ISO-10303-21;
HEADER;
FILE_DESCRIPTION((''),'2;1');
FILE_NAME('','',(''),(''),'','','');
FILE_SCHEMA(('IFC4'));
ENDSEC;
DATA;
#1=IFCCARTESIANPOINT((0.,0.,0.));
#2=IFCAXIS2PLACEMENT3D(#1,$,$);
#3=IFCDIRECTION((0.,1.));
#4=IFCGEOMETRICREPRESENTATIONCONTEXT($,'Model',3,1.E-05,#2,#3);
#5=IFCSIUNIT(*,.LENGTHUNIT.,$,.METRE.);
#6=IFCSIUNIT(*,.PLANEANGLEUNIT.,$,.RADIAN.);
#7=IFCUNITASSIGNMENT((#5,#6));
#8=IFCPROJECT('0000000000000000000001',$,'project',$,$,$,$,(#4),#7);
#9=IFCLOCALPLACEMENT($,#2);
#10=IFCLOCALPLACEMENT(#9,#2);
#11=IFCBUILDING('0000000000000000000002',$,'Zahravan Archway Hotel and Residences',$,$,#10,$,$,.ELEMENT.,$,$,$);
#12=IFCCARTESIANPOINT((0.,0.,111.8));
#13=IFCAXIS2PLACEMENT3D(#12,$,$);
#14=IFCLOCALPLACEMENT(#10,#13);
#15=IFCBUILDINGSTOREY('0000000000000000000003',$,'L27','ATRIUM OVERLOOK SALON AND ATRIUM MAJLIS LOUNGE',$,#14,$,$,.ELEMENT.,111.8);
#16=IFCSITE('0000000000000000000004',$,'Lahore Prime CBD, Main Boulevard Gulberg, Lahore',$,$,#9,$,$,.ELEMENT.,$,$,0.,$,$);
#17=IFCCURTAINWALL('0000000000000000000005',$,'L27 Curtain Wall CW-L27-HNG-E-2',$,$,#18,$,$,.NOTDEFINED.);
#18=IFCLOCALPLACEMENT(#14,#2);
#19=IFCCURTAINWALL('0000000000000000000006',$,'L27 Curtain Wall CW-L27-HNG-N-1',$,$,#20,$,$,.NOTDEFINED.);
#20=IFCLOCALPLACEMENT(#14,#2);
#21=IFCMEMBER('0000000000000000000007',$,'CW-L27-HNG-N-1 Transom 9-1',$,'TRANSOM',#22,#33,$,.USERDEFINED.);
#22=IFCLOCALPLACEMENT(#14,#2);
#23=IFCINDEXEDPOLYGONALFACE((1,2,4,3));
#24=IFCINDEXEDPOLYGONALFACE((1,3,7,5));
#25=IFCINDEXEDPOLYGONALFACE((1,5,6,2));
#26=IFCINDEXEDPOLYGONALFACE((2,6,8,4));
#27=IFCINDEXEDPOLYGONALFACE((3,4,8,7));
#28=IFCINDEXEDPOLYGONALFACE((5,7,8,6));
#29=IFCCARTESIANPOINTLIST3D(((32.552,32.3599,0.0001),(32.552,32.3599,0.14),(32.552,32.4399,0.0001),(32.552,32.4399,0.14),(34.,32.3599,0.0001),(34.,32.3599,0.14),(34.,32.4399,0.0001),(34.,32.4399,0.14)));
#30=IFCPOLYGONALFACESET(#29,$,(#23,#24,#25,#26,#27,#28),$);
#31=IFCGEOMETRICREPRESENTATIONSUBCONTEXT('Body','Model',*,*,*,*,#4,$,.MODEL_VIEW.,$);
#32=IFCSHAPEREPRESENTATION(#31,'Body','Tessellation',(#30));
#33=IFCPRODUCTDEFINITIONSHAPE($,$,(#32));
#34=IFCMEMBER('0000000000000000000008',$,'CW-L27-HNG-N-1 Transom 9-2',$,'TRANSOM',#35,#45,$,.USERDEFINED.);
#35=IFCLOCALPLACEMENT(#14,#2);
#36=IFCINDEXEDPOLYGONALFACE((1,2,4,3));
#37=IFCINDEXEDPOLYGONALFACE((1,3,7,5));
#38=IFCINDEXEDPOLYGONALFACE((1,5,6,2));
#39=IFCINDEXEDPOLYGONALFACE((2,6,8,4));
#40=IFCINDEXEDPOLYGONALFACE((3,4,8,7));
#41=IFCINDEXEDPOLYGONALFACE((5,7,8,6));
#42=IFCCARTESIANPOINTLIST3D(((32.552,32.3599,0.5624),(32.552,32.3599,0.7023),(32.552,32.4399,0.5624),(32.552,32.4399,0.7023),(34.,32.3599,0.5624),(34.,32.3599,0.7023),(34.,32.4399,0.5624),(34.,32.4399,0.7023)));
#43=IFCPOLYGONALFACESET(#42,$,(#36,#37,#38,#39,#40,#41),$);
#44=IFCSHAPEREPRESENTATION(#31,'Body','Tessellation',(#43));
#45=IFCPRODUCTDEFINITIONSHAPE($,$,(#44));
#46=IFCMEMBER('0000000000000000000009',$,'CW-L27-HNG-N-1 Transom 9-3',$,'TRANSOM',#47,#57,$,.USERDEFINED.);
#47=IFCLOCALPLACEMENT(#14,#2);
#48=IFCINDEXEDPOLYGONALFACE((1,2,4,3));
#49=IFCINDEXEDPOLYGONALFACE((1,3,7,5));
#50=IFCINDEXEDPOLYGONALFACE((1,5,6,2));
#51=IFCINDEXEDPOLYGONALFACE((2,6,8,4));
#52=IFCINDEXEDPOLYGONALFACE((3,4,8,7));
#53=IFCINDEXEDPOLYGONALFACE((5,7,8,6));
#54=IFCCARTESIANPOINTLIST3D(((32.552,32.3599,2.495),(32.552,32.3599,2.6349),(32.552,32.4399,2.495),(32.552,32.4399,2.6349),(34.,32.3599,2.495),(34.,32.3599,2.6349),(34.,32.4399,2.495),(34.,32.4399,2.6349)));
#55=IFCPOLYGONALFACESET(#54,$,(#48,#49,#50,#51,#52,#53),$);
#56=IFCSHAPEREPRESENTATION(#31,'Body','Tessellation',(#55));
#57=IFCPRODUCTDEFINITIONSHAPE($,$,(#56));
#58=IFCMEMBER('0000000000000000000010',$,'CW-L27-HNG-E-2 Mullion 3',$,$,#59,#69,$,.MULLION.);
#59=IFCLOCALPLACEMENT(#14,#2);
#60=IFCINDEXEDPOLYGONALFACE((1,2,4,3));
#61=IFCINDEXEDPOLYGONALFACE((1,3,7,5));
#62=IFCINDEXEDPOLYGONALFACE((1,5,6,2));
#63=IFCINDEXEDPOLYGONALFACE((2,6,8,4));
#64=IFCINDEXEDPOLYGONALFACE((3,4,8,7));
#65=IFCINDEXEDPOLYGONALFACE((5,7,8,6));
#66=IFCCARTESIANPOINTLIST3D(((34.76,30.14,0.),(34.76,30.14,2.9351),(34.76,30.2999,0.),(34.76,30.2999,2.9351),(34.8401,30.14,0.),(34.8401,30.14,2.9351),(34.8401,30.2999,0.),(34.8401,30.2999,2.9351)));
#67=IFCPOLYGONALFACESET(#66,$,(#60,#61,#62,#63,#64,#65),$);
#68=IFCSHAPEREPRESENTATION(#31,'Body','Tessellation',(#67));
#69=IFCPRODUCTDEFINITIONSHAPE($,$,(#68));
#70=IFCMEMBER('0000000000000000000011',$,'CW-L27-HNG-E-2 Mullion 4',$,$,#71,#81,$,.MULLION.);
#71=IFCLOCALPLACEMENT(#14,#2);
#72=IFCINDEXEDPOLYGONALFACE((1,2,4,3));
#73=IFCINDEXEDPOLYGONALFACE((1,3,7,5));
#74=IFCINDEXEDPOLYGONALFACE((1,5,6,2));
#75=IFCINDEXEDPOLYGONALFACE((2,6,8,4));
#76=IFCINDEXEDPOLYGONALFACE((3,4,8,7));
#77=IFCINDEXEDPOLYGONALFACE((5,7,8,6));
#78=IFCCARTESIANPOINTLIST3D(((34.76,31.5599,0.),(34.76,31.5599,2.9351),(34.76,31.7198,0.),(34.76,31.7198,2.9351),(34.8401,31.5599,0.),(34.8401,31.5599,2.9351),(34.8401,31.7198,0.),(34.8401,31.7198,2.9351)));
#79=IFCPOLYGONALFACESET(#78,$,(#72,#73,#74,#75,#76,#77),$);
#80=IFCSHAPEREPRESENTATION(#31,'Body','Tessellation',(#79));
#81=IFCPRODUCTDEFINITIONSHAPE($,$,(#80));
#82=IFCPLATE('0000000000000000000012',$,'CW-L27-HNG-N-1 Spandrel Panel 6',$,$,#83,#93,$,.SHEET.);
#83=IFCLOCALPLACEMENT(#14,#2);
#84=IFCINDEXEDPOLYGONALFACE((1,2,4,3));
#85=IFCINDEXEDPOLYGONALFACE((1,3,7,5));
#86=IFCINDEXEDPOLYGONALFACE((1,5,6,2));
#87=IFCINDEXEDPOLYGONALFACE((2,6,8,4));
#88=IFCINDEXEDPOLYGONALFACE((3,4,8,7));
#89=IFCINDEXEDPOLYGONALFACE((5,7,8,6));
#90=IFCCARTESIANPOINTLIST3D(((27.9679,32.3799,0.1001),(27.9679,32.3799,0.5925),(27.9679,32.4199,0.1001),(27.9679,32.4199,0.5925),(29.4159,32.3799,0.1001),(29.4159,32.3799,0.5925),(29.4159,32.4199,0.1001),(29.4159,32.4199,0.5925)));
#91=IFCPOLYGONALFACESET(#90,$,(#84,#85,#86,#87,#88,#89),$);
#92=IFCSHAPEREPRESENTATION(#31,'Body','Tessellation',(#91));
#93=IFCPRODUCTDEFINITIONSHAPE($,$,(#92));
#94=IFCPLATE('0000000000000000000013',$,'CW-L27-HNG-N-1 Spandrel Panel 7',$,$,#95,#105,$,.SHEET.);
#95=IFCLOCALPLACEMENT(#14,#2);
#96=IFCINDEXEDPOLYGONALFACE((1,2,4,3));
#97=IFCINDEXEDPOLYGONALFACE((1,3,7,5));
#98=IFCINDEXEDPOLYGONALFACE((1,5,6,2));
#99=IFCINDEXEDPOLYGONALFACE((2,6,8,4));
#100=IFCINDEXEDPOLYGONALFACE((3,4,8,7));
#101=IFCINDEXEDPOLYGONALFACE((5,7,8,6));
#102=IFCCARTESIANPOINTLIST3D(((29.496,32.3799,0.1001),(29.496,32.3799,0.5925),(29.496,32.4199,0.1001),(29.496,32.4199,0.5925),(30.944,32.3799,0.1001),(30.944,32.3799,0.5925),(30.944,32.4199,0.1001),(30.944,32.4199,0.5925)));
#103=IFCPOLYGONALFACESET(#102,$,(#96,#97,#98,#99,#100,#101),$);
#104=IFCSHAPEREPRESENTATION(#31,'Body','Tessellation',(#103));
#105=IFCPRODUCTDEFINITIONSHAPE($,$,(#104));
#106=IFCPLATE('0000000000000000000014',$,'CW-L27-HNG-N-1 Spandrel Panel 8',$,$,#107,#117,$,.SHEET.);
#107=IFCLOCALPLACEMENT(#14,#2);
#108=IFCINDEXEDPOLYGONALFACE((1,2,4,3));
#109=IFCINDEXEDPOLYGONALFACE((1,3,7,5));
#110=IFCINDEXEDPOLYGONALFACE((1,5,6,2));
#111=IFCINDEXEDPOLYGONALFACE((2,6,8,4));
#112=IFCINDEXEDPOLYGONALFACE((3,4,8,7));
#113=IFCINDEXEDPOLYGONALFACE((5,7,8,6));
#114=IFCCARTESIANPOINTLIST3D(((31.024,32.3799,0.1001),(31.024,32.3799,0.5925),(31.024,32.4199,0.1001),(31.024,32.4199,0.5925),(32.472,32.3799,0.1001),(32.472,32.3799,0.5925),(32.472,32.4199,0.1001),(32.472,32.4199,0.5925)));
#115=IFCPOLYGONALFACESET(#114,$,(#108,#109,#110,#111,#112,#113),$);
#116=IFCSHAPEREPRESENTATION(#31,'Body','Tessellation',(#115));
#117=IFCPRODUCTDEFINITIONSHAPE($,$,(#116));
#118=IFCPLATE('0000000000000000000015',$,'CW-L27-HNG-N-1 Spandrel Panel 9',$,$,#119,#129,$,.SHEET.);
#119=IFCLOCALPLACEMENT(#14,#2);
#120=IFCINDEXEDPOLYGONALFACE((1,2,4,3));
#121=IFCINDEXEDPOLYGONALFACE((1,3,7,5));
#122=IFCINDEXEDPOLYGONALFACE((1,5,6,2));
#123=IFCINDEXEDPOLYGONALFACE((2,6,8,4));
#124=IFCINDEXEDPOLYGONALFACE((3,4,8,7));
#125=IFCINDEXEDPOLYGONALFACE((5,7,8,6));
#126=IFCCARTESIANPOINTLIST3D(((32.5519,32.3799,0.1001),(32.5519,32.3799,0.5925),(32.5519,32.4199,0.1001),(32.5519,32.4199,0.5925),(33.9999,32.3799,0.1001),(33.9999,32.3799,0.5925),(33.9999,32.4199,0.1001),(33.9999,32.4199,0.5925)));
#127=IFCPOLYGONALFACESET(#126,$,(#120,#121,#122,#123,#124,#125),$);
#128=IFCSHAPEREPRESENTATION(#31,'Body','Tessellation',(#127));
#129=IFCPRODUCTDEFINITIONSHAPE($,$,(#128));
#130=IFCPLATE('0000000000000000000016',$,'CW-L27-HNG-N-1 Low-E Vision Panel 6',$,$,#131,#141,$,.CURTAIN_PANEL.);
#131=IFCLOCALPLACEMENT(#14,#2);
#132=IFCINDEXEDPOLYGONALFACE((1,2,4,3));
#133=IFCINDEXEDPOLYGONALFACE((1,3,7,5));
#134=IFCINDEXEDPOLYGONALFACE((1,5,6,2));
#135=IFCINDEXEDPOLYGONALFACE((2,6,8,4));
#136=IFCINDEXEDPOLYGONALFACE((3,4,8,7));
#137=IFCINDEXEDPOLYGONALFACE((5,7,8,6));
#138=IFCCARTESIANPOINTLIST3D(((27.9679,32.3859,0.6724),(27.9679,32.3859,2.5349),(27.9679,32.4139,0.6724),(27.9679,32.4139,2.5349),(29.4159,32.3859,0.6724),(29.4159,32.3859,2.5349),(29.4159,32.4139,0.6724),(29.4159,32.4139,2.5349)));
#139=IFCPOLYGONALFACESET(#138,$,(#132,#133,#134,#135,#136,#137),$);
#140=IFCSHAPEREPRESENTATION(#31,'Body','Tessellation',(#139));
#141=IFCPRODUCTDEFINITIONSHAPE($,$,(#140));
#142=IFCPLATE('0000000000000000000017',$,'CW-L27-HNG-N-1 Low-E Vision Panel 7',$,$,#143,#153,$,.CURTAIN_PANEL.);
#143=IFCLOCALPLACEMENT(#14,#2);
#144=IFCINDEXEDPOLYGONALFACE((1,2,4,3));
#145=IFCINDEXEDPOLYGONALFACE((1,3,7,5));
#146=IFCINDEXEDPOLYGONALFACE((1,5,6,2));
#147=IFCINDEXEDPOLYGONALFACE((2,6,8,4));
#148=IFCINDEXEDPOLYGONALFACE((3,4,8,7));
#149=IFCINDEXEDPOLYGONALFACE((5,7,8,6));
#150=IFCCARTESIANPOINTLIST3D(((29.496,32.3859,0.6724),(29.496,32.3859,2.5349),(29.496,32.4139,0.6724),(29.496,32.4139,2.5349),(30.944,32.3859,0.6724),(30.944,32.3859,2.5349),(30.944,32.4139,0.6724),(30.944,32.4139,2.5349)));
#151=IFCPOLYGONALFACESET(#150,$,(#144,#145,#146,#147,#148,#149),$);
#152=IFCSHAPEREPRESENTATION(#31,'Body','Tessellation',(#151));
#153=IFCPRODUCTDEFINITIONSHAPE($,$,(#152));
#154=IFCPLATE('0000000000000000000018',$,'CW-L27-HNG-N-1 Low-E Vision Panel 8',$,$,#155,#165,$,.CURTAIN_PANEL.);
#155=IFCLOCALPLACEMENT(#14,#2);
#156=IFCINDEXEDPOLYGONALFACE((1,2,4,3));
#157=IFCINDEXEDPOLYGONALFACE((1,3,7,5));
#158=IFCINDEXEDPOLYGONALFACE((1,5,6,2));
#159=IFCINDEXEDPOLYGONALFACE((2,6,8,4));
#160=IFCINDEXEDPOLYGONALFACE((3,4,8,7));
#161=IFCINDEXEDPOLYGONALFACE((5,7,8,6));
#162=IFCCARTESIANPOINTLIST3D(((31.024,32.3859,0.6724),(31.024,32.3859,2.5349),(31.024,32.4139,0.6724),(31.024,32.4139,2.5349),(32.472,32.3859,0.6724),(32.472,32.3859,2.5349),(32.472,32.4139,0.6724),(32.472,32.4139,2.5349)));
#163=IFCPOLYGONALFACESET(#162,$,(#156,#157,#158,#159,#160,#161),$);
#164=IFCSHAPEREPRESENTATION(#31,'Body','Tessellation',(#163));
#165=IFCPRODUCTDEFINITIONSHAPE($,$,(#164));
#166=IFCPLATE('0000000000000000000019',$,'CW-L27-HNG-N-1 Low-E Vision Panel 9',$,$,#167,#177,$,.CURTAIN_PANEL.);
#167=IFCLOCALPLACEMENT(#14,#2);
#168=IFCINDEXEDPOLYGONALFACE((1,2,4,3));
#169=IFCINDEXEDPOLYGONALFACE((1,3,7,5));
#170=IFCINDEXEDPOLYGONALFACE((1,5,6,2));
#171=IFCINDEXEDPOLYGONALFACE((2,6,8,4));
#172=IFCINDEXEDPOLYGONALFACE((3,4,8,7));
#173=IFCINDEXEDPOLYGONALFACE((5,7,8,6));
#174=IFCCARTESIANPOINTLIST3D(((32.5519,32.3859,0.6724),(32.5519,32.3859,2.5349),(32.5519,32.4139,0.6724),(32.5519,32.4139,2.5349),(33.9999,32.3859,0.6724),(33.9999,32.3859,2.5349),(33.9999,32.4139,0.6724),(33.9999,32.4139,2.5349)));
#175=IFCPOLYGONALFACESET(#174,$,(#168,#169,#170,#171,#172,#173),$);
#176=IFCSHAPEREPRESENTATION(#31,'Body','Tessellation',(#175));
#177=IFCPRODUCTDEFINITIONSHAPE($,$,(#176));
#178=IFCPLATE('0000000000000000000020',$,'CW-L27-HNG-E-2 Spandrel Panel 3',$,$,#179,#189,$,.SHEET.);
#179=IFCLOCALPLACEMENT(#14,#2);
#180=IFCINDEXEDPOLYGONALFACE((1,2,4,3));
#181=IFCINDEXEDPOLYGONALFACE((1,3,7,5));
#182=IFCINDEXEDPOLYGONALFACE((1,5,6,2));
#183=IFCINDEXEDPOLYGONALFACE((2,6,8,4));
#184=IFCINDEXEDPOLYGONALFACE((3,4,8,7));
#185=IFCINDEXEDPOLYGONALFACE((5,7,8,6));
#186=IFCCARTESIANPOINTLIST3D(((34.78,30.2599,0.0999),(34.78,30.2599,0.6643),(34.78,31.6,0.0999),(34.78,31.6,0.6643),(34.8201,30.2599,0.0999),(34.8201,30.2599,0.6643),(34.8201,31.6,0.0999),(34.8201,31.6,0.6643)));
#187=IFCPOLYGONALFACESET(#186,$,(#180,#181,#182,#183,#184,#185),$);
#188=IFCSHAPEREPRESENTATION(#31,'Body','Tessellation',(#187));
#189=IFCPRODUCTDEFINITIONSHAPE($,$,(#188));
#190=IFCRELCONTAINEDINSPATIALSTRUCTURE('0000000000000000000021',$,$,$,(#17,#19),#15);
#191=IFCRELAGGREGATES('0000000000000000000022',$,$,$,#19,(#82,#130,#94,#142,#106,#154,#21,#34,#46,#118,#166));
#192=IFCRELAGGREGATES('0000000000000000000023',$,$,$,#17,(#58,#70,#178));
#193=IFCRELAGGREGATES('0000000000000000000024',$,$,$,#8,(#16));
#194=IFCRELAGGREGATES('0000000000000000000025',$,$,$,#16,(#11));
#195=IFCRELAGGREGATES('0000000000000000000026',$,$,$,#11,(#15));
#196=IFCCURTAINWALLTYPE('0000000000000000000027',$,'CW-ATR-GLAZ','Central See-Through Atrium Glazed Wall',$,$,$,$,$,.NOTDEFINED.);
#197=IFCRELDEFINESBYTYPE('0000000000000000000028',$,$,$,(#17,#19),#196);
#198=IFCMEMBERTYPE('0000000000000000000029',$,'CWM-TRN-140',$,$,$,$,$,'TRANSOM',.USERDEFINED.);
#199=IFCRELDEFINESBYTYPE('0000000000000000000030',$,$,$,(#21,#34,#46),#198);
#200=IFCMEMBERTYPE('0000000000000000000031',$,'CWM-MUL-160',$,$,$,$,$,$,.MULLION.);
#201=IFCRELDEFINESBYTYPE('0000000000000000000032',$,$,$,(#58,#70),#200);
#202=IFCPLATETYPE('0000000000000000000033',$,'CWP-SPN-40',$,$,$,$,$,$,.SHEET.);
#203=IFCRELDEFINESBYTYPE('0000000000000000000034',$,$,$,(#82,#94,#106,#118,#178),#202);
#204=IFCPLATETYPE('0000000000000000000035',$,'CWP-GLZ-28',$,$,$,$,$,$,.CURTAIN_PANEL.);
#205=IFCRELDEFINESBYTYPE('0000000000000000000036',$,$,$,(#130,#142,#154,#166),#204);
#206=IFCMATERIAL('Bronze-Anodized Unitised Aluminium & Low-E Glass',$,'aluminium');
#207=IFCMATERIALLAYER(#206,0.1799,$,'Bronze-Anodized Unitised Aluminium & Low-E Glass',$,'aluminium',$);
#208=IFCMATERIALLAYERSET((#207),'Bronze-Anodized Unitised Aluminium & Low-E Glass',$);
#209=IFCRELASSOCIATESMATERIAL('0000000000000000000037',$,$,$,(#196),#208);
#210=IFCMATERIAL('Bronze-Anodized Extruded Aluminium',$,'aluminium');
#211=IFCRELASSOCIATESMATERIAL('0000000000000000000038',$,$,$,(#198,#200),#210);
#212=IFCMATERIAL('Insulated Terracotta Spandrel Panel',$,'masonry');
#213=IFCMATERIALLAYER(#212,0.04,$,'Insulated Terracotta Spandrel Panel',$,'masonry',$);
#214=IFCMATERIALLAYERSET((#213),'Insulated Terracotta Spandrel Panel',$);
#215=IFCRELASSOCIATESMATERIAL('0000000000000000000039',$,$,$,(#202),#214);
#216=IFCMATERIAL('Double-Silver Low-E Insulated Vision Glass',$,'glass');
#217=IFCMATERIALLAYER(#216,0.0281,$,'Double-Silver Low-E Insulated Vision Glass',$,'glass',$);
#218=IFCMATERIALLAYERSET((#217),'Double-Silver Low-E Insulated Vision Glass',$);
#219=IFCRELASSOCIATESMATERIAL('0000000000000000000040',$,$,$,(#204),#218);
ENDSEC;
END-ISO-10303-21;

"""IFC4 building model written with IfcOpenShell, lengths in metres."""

from ifc_helpers import new_model, si_unit, direction, frame, origin, origin_2d, place, context, subcontext, project, spatial, rectangle, extrude, source, transform, mapped, material, layer, layer_set, material_profile, profile_set, type_object, element, aggregate, save


model = new_model("IFC4")

# Units and contexts
model_context = context("Model", 3, precision=1e-05, world=origin(), true_north=direction((0.0, 1.0)))
body_context = subcontext(model_context, "Body", "Model", "MODEL_VIEW")
ifc_project = project(units=[si_unit("LENGTHUNIT", "METRE"), si_unit("PLANEANGLEUNIT", "RADIAN")], contexts=[model_context])

# Site, building, storey
site_placement = place(None, origin())
site = spatial("IfcSite", under=ifc_project, at=site_placement, Name="Lahore Prime CBD, Main Boulevard Gulberg, Lahore", CompositionType="ELEMENT", RefElevation=0.0)
building_placement = place(site_placement, origin())
building = spatial("IfcBuilding", under=site, at=building_placement, Name="Zahravan Archway Hotel and Residences", CompositionType="ELEMENT")
storey_placement = place(building_placement, frame((0.0, 0.0, 111.8)))
storey = spatial("IfcBuildingStorey", under=building, at=storey_placement, Name="L27", Description="ATRIUM OVERLOOK SALON AND ATRIUM MAJLIS LOUNGE", CompositionType="ELEMENT", Elevation=111.8)

# Curtain walls, members
ifc_material_1 = material(Name="Bronze-Anodized Unitised Aluminium & Low-E Glass", Category="aluminium")
ifc_layer_1 = layer(ifc_material_1, 0.1799, Name="Bronze-Anodized Unitised Aluminium & Low-E Glass", Category="aluminium")
ifc_layer_set_1 = layer_set([ifc_layer_1], Name="Bronze-Anodized Unitised Aluminium & Low-E Glass")
curtain_wall_type = type_object("IfcCurtainWallType", Name="CW-ATR-GLAZ", Description="Central See-Through Atrium Glazed Wall", PredefinedType="NOTDEFINED", material=ifc_layer_set_1)
curtain_wall_1_placement = place(storey_placement, origin())
curtain_wall_1 = element("IfcCurtainWall", 1, at=curtain_wall_1_placement, inside=storey, type_object=curtain_wall_type, Name="L27 Curtain Wall CW-L27-HNG-E-2", PredefinedType="NOTDEFINED")
ifc_material_2 = material(Name="Bronze-Anodized Extruded Aluminium", Category="aluminium")
ifc_material_profile_1 = material_profile(ifc_material_2, rectangle(XDim=0.0801, YDim=0.1399, at=origin_2d()), Name="TRN 80x140", Category="aluminium")
ifc_profile_set_1 = profile_set([ifc_material_profile_1], Name="Bronze-Anodized Extruded Aluminium")
member_type_1 = type_object("IfcMemberType", Name="CWM-TRN-140", ElementType="TRANSOM", PredefinedType="USERDEFINED", material=ifc_profile_set_1)
curtain_wall_2_placement = place(storey_placement, origin())
curtain_wall_2 = element("IfcCurtainWall", 2, at=curtain_wall_2_placement, inside=storey, type_object=curtain_wall_type, Name="L27 Curtain Wall CW-L27-HNG-N-1", PredefinedType="NOTDEFINED")
ifc_material_profile_2 = material_profile(ifc_material_2, rectangle(XDim=0.0801, YDim=0.1599, at=origin_2d()), Name="MUL 80x160", Category="aluminium")
ifc_profile_set_2 = profile_set([ifc_material_profile_2], Name="Bronze-Anodized Extruded Aluminium")
member_type_2 = type_object("IfcMemberType", Name="CWM-MUL-160", PredefinedType="MULLION", material=ifc_profile_set_2)
shared_shape_1 = source(origin(), body_context, "Body", "SweptSolid", [
    extrude(rectangle(XDim=0.0801, YDim=0.1399, at=origin_2d()), origin(), (0.0, 0.0, 1.0), 1.448),
])
member_1_placement = place(storey_placement, frame((32.552, 32.3999, 0.0701), z_axis=(1.0, 0.0, 0.0), x_axis=(0.0, 1.0, 0.0)))
member_1 = element("IfcMember", 3, at=member_1_placement, type_object=member_type_1, Name="CW-L27-HNG-N-1 Transom 9-1", ObjectType="TRANSOM", PredefinedType="USERDEFINED", context=body_context, shape_type="MappedRepresentation", body=[
    mapped(shared_shape_1, transform((0.0, 0.0, 0.0), scale=1.0)),
])
member_2_placement = place(storey_placement, frame((32.552, 32.3999, 0.6323), z_axis=(1.0, 0.0, 0.0), x_axis=(0.0, 1.0, 0.0)))
member_2 = element("IfcMember", 4, at=member_2_placement, type_object=member_type_1, Name="CW-L27-HNG-N-1 Transom 9-2", ObjectType="TRANSOM", PredefinedType="USERDEFINED", context=body_context, shape_type="MappedRepresentation", body=[
    mapped(shared_shape_1, transform((0.0, 0.0, 0.0), scale=1.0)),
])
member_3_placement = place(storey_placement, frame((32.552, 32.3999, 2.5649), z_axis=(1.0, 0.0, 0.0), x_axis=(0.0, 1.0, 0.0)))
member_3 = element("IfcMember", 5, at=member_3_placement, type_object=member_type_1, Name="CW-L27-HNG-N-1 Transom 9-3", ObjectType="TRANSOM", PredefinedType="USERDEFINED", context=body_context, shape_type="MappedRepresentation", body=[
    mapped(shared_shape_1, transform((0.0, 0.0, 0.0), scale=1.0)),
])

# Members
shared_shape_2 = source(origin(), body_context, "Body", "SweptSolid", [
    extrude(rectangle(XDim=0.0801, YDim=0.1599, at=origin_2d()), origin(), (0.0, 0.0, 1.0), 2.9351),
])
member_4_placement = place(storey_placement, frame((34.8, 30.22, 0.0), z_axis=(0.0, 0.0, 1.0), x_axis=(1.0, 0.0, 0.0)))
member_4 = element("IfcMember", 6, at=member_4_placement, type_object=member_type_2, Name="CW-L27-HNG-E-2 Mullion 3", PredefinedType="MULLION", context=body_context, shape_type="MappedRepresentation", body=[
    mapped(shared_shape_2, transform((0.0, 0.0, 0.0), scale=1.0)),
])
member_5_placement = place(storey_placement, frame((34.8, 31.6399, 0.0), z_axis=(0.0, 0.0, 1.0), x_axis=(1.0, 0.0, 0.0)))
member_5 = element("IfcMember", 7, at=member_5_placement, type_object=member_type_2, Name="CW-L27-HNG-E-2 Mullion 4", PredefinedType="MULLION", context=body_context, shape_type="MappedRepresentation", body=[
    mapped(shared_shape_2, transform((0.0, 0.0, 0.0), scale=1.0)),
])

# Plates
ifc_material_3 = material(Name="Insulated Terracotta Spandrel Panel", Category="masonry")
ifc_layer_2 = layer(ifc_material_3, 0.04, Name="Insulated Terracotta Spandrel Panel", Category="masonry")
ifc_layer_set_2 = layer_set([ifc_layer_2], Name="Insulated Terracotta Spandrel Panel")
plate_type_1 = type_object("IfcPlateType", Name="CWP-SPN-40", PredefinedType="SHEET", material=ifc_layer_set_2)
shared_shape_3 = source(origin(), body_context, "Body", "SweptSolid", [
    extrude(rectangle(XDim=1.448, YDim=0.04, at=origin_2d()), origin(), (0.0, 0.0, 1.0), 0.4924),
])
plate_1_placement = place(storey_placement, frame((28.6919, 32.3999, 0.1001), z_axis=(0.0, 0.0, 1.0), x_axis=(1.0, 0.0, 0.0)))
plate_1 = element("IfcPlate", 8, at=plate_1_placement, type_object=plate_type_1, Name="CW-L27-HNG-N-1 Spandrel Panel 6", PredefinedType="SHEET", context=body_context, shape_type="MappedRepresentation", body=[
    mapped(shared_shape_3, transform((0.0, 0.0, 0.0), scale=1.0)),
])
plate_2_placement = place(storey_placement, frame((30.22, 32.3999, 0.1001), z_axis=(0.0, 0.0, 1.0), x_axis=(1.0, 0.0, 0.0)))
plate_2 = element("IfcPlate", 9, at=plate_2_placement, type_object=plate_type_1, Name="CW-L27-HNG-N-1 Spandrel Panel 7", PredefinedType="SHEET", context=body_context, shape_type="MappedRepresentation", body=[
    mapped(shared_shape_3, transform((0.0, 0.0, 0.0), scale=1.0)),
])
plate_3_placement = place(storey_placement, frame((31.748, 32.3999, 0.1001), z_axis=(0.0, 0.0, 1.0), x_axis=(1.0, 0.0, 0.0)))
plate_3 = element("IfcPlate", 10, at=plate_3_placement, type_object=plate_type_1, Name="CW-L27-HNG-N-1 Spandrel Panel 8", PredefinedType="SHEET", context=body_context, shape_type="MappedRepresentation", body=[
    mapped(shared_shape_3, transform((0.0, 0.0, 0.0), scale=1.0)),
])
plate_4_placement = place(storey_placement, frame((33.2759, 32.3999, 0.1001), z_axis=(0.0, 0.0, 1.0), x_axis=(1.0, 0.0, 0.0)))
plate_4 = element("IfcPlate", 11, at=plate_4_placement, type_object=plate_type_1, Name="CW-L27-HNG-N-1 Spandrel Panel 9", PredefinedType="SHEET", context=body_context, shape_type="MappedRepresentation", body=[
    mapped(shared_shape_3, transform((0.0, 0.0, 0.0), scale=1.0)),
])
ifc_material_4 = material(Name="Double-Silver Low-E Insulated Vision Glass", Category="glass")
ifc_layer_3 = layer(ifc_material_4, 0.0281, Name="Double-Silver Low-E Insulated Vision Glass", Category="glass")
ifc_layer_set_3 = layer_set([ifc_layer_3], Name="Double-Silver Low-E Insulated Vision Glass")
plate_type_2 = type_object("IfcPlateType", Name="CWP-GLZ-28", PredefinedType="CURTAIN_PANEL", material=ifc_layer_set_3)
shared_shape_4 = source(origin(), body_context, "Body", "SweptSolid", [
    extrude(rectangle(XDim=1.448, YDim=0.0281, at=origin_2d()), origin(), (0.0, 0.0, 1.0), 1.8625),
])
plate_5_placement = place(storey_placement, frame((28.6919, 32.3999, 0.6724), z_axis=(0.0, 0.0, 1.0), x_axis=(1.0, 0.0, 0.0)))
plate_5 = element("IfcPlate", 12, at=plate_5_placement, type_object=plate_type_2, Name="CW-L27-HNG-N-1 Low-E Vision Panel 6", PredefinedType="CURTAIN_PANEL", context=body_context, shape_type="MappedRepresentation", body=[
    mapped(shared_shape_4, transform((0.0, 0.0, 0.0), scale=1.0)),
])
plate_6_placement = place(storey_placement, frame((30.22, 32.3999, 0.6724), z_axis=(0.0, 0.0, 1.0), x_axis=(1.0, 0.0, 0.0)))
plate_6 = element("IfcPlate", 13, at=plate_6_placement, type_object=plate_type_2, Name="CW-L27-HNG-N-1 Low-E Vision Panel 7", PredefinedType="CURTAIN_PANEL", context=body_context, shape_type="MappedRepresentation", body=[
    mapped(shared_shape_4, transform((0.0, 0.0, 0.0), scale=1.0)),
])
plate_7_placement = place(storey_placement, frame((31.748, 32.3999, 0.6724), z_axis=(0.0, 0.0, 1.0), x_axis=(1.0, 0.0, 0.0)))
plate_7 = element("IfcPlate", 14, at=plate_7_placement, type_object=plate_type_2, Name="CW-L27-HNG-N-1 Low-E Vision Panel 8", PredefinedType="CURTAIN_PANEL", context=body_context, shape_type="MappedRepresentation", body=[
    mapped(shared_shape_4, transform((0.0, 0.0, 0.0), scale=1.0)),
])
plate_8_placement = place(storey_placement, frame((33.2759, 32.3999, 0.6724), z_axis=(0.0, 0.0, 1.0), x_axis=(1.0, 0.0, 0.0)))
plate_8 = element("IfcPlate", 15, at=plate_8_placement, type_object=plate_type_2, Name="CW-L27-HNG-N-1 Low-E Vision Panel 9", PredefinedType="CURTAIN_PANEL", context=body_context, shape_type="MappedRepresentation", body=[
    mapped(shared_shape_4, transform((0.0, 0.0, 0.0), scale=1.0)),
])
aggregate(curtain_wall_2, [plate_1, plate_5, plate_2, plate_6, plate_3, plate_7, member_1, member_2, member_3, plate_4, plate_8])
shared_shape_5 = source(origin(), body_context, "Body", "SweptSolid", [
    extrude(rectangle(XDim=1.3401, YDim=0.04, at=origin_2d()), origin(), (0.0, 0.0, 1.0), 0.5645),
])
plate_9_placement = place(storey_placement, frame((34.8, 30.9299, 0.0999), z_axis=(0.0, 0.0, 1.0), x_axis=(0.0, 1.0, 0.0)))
plate_9 = element("IfcPlate", 16, at=plate_9_placement, type_object=plate_type_1, Name="CW-L27-HNG-E-2 Spandrel Panel 3", PredefinedType="SHEET", context=body_context, shape_type="MappedRepresentation", body=[
    mapped(shared_shape_5, transform((0.0, 0.0, 0.0), scale=1.0)),
])
aggregate(curtain_wall_1, [member_4, member_5, plate_9])

save(model, "model.ifc")
